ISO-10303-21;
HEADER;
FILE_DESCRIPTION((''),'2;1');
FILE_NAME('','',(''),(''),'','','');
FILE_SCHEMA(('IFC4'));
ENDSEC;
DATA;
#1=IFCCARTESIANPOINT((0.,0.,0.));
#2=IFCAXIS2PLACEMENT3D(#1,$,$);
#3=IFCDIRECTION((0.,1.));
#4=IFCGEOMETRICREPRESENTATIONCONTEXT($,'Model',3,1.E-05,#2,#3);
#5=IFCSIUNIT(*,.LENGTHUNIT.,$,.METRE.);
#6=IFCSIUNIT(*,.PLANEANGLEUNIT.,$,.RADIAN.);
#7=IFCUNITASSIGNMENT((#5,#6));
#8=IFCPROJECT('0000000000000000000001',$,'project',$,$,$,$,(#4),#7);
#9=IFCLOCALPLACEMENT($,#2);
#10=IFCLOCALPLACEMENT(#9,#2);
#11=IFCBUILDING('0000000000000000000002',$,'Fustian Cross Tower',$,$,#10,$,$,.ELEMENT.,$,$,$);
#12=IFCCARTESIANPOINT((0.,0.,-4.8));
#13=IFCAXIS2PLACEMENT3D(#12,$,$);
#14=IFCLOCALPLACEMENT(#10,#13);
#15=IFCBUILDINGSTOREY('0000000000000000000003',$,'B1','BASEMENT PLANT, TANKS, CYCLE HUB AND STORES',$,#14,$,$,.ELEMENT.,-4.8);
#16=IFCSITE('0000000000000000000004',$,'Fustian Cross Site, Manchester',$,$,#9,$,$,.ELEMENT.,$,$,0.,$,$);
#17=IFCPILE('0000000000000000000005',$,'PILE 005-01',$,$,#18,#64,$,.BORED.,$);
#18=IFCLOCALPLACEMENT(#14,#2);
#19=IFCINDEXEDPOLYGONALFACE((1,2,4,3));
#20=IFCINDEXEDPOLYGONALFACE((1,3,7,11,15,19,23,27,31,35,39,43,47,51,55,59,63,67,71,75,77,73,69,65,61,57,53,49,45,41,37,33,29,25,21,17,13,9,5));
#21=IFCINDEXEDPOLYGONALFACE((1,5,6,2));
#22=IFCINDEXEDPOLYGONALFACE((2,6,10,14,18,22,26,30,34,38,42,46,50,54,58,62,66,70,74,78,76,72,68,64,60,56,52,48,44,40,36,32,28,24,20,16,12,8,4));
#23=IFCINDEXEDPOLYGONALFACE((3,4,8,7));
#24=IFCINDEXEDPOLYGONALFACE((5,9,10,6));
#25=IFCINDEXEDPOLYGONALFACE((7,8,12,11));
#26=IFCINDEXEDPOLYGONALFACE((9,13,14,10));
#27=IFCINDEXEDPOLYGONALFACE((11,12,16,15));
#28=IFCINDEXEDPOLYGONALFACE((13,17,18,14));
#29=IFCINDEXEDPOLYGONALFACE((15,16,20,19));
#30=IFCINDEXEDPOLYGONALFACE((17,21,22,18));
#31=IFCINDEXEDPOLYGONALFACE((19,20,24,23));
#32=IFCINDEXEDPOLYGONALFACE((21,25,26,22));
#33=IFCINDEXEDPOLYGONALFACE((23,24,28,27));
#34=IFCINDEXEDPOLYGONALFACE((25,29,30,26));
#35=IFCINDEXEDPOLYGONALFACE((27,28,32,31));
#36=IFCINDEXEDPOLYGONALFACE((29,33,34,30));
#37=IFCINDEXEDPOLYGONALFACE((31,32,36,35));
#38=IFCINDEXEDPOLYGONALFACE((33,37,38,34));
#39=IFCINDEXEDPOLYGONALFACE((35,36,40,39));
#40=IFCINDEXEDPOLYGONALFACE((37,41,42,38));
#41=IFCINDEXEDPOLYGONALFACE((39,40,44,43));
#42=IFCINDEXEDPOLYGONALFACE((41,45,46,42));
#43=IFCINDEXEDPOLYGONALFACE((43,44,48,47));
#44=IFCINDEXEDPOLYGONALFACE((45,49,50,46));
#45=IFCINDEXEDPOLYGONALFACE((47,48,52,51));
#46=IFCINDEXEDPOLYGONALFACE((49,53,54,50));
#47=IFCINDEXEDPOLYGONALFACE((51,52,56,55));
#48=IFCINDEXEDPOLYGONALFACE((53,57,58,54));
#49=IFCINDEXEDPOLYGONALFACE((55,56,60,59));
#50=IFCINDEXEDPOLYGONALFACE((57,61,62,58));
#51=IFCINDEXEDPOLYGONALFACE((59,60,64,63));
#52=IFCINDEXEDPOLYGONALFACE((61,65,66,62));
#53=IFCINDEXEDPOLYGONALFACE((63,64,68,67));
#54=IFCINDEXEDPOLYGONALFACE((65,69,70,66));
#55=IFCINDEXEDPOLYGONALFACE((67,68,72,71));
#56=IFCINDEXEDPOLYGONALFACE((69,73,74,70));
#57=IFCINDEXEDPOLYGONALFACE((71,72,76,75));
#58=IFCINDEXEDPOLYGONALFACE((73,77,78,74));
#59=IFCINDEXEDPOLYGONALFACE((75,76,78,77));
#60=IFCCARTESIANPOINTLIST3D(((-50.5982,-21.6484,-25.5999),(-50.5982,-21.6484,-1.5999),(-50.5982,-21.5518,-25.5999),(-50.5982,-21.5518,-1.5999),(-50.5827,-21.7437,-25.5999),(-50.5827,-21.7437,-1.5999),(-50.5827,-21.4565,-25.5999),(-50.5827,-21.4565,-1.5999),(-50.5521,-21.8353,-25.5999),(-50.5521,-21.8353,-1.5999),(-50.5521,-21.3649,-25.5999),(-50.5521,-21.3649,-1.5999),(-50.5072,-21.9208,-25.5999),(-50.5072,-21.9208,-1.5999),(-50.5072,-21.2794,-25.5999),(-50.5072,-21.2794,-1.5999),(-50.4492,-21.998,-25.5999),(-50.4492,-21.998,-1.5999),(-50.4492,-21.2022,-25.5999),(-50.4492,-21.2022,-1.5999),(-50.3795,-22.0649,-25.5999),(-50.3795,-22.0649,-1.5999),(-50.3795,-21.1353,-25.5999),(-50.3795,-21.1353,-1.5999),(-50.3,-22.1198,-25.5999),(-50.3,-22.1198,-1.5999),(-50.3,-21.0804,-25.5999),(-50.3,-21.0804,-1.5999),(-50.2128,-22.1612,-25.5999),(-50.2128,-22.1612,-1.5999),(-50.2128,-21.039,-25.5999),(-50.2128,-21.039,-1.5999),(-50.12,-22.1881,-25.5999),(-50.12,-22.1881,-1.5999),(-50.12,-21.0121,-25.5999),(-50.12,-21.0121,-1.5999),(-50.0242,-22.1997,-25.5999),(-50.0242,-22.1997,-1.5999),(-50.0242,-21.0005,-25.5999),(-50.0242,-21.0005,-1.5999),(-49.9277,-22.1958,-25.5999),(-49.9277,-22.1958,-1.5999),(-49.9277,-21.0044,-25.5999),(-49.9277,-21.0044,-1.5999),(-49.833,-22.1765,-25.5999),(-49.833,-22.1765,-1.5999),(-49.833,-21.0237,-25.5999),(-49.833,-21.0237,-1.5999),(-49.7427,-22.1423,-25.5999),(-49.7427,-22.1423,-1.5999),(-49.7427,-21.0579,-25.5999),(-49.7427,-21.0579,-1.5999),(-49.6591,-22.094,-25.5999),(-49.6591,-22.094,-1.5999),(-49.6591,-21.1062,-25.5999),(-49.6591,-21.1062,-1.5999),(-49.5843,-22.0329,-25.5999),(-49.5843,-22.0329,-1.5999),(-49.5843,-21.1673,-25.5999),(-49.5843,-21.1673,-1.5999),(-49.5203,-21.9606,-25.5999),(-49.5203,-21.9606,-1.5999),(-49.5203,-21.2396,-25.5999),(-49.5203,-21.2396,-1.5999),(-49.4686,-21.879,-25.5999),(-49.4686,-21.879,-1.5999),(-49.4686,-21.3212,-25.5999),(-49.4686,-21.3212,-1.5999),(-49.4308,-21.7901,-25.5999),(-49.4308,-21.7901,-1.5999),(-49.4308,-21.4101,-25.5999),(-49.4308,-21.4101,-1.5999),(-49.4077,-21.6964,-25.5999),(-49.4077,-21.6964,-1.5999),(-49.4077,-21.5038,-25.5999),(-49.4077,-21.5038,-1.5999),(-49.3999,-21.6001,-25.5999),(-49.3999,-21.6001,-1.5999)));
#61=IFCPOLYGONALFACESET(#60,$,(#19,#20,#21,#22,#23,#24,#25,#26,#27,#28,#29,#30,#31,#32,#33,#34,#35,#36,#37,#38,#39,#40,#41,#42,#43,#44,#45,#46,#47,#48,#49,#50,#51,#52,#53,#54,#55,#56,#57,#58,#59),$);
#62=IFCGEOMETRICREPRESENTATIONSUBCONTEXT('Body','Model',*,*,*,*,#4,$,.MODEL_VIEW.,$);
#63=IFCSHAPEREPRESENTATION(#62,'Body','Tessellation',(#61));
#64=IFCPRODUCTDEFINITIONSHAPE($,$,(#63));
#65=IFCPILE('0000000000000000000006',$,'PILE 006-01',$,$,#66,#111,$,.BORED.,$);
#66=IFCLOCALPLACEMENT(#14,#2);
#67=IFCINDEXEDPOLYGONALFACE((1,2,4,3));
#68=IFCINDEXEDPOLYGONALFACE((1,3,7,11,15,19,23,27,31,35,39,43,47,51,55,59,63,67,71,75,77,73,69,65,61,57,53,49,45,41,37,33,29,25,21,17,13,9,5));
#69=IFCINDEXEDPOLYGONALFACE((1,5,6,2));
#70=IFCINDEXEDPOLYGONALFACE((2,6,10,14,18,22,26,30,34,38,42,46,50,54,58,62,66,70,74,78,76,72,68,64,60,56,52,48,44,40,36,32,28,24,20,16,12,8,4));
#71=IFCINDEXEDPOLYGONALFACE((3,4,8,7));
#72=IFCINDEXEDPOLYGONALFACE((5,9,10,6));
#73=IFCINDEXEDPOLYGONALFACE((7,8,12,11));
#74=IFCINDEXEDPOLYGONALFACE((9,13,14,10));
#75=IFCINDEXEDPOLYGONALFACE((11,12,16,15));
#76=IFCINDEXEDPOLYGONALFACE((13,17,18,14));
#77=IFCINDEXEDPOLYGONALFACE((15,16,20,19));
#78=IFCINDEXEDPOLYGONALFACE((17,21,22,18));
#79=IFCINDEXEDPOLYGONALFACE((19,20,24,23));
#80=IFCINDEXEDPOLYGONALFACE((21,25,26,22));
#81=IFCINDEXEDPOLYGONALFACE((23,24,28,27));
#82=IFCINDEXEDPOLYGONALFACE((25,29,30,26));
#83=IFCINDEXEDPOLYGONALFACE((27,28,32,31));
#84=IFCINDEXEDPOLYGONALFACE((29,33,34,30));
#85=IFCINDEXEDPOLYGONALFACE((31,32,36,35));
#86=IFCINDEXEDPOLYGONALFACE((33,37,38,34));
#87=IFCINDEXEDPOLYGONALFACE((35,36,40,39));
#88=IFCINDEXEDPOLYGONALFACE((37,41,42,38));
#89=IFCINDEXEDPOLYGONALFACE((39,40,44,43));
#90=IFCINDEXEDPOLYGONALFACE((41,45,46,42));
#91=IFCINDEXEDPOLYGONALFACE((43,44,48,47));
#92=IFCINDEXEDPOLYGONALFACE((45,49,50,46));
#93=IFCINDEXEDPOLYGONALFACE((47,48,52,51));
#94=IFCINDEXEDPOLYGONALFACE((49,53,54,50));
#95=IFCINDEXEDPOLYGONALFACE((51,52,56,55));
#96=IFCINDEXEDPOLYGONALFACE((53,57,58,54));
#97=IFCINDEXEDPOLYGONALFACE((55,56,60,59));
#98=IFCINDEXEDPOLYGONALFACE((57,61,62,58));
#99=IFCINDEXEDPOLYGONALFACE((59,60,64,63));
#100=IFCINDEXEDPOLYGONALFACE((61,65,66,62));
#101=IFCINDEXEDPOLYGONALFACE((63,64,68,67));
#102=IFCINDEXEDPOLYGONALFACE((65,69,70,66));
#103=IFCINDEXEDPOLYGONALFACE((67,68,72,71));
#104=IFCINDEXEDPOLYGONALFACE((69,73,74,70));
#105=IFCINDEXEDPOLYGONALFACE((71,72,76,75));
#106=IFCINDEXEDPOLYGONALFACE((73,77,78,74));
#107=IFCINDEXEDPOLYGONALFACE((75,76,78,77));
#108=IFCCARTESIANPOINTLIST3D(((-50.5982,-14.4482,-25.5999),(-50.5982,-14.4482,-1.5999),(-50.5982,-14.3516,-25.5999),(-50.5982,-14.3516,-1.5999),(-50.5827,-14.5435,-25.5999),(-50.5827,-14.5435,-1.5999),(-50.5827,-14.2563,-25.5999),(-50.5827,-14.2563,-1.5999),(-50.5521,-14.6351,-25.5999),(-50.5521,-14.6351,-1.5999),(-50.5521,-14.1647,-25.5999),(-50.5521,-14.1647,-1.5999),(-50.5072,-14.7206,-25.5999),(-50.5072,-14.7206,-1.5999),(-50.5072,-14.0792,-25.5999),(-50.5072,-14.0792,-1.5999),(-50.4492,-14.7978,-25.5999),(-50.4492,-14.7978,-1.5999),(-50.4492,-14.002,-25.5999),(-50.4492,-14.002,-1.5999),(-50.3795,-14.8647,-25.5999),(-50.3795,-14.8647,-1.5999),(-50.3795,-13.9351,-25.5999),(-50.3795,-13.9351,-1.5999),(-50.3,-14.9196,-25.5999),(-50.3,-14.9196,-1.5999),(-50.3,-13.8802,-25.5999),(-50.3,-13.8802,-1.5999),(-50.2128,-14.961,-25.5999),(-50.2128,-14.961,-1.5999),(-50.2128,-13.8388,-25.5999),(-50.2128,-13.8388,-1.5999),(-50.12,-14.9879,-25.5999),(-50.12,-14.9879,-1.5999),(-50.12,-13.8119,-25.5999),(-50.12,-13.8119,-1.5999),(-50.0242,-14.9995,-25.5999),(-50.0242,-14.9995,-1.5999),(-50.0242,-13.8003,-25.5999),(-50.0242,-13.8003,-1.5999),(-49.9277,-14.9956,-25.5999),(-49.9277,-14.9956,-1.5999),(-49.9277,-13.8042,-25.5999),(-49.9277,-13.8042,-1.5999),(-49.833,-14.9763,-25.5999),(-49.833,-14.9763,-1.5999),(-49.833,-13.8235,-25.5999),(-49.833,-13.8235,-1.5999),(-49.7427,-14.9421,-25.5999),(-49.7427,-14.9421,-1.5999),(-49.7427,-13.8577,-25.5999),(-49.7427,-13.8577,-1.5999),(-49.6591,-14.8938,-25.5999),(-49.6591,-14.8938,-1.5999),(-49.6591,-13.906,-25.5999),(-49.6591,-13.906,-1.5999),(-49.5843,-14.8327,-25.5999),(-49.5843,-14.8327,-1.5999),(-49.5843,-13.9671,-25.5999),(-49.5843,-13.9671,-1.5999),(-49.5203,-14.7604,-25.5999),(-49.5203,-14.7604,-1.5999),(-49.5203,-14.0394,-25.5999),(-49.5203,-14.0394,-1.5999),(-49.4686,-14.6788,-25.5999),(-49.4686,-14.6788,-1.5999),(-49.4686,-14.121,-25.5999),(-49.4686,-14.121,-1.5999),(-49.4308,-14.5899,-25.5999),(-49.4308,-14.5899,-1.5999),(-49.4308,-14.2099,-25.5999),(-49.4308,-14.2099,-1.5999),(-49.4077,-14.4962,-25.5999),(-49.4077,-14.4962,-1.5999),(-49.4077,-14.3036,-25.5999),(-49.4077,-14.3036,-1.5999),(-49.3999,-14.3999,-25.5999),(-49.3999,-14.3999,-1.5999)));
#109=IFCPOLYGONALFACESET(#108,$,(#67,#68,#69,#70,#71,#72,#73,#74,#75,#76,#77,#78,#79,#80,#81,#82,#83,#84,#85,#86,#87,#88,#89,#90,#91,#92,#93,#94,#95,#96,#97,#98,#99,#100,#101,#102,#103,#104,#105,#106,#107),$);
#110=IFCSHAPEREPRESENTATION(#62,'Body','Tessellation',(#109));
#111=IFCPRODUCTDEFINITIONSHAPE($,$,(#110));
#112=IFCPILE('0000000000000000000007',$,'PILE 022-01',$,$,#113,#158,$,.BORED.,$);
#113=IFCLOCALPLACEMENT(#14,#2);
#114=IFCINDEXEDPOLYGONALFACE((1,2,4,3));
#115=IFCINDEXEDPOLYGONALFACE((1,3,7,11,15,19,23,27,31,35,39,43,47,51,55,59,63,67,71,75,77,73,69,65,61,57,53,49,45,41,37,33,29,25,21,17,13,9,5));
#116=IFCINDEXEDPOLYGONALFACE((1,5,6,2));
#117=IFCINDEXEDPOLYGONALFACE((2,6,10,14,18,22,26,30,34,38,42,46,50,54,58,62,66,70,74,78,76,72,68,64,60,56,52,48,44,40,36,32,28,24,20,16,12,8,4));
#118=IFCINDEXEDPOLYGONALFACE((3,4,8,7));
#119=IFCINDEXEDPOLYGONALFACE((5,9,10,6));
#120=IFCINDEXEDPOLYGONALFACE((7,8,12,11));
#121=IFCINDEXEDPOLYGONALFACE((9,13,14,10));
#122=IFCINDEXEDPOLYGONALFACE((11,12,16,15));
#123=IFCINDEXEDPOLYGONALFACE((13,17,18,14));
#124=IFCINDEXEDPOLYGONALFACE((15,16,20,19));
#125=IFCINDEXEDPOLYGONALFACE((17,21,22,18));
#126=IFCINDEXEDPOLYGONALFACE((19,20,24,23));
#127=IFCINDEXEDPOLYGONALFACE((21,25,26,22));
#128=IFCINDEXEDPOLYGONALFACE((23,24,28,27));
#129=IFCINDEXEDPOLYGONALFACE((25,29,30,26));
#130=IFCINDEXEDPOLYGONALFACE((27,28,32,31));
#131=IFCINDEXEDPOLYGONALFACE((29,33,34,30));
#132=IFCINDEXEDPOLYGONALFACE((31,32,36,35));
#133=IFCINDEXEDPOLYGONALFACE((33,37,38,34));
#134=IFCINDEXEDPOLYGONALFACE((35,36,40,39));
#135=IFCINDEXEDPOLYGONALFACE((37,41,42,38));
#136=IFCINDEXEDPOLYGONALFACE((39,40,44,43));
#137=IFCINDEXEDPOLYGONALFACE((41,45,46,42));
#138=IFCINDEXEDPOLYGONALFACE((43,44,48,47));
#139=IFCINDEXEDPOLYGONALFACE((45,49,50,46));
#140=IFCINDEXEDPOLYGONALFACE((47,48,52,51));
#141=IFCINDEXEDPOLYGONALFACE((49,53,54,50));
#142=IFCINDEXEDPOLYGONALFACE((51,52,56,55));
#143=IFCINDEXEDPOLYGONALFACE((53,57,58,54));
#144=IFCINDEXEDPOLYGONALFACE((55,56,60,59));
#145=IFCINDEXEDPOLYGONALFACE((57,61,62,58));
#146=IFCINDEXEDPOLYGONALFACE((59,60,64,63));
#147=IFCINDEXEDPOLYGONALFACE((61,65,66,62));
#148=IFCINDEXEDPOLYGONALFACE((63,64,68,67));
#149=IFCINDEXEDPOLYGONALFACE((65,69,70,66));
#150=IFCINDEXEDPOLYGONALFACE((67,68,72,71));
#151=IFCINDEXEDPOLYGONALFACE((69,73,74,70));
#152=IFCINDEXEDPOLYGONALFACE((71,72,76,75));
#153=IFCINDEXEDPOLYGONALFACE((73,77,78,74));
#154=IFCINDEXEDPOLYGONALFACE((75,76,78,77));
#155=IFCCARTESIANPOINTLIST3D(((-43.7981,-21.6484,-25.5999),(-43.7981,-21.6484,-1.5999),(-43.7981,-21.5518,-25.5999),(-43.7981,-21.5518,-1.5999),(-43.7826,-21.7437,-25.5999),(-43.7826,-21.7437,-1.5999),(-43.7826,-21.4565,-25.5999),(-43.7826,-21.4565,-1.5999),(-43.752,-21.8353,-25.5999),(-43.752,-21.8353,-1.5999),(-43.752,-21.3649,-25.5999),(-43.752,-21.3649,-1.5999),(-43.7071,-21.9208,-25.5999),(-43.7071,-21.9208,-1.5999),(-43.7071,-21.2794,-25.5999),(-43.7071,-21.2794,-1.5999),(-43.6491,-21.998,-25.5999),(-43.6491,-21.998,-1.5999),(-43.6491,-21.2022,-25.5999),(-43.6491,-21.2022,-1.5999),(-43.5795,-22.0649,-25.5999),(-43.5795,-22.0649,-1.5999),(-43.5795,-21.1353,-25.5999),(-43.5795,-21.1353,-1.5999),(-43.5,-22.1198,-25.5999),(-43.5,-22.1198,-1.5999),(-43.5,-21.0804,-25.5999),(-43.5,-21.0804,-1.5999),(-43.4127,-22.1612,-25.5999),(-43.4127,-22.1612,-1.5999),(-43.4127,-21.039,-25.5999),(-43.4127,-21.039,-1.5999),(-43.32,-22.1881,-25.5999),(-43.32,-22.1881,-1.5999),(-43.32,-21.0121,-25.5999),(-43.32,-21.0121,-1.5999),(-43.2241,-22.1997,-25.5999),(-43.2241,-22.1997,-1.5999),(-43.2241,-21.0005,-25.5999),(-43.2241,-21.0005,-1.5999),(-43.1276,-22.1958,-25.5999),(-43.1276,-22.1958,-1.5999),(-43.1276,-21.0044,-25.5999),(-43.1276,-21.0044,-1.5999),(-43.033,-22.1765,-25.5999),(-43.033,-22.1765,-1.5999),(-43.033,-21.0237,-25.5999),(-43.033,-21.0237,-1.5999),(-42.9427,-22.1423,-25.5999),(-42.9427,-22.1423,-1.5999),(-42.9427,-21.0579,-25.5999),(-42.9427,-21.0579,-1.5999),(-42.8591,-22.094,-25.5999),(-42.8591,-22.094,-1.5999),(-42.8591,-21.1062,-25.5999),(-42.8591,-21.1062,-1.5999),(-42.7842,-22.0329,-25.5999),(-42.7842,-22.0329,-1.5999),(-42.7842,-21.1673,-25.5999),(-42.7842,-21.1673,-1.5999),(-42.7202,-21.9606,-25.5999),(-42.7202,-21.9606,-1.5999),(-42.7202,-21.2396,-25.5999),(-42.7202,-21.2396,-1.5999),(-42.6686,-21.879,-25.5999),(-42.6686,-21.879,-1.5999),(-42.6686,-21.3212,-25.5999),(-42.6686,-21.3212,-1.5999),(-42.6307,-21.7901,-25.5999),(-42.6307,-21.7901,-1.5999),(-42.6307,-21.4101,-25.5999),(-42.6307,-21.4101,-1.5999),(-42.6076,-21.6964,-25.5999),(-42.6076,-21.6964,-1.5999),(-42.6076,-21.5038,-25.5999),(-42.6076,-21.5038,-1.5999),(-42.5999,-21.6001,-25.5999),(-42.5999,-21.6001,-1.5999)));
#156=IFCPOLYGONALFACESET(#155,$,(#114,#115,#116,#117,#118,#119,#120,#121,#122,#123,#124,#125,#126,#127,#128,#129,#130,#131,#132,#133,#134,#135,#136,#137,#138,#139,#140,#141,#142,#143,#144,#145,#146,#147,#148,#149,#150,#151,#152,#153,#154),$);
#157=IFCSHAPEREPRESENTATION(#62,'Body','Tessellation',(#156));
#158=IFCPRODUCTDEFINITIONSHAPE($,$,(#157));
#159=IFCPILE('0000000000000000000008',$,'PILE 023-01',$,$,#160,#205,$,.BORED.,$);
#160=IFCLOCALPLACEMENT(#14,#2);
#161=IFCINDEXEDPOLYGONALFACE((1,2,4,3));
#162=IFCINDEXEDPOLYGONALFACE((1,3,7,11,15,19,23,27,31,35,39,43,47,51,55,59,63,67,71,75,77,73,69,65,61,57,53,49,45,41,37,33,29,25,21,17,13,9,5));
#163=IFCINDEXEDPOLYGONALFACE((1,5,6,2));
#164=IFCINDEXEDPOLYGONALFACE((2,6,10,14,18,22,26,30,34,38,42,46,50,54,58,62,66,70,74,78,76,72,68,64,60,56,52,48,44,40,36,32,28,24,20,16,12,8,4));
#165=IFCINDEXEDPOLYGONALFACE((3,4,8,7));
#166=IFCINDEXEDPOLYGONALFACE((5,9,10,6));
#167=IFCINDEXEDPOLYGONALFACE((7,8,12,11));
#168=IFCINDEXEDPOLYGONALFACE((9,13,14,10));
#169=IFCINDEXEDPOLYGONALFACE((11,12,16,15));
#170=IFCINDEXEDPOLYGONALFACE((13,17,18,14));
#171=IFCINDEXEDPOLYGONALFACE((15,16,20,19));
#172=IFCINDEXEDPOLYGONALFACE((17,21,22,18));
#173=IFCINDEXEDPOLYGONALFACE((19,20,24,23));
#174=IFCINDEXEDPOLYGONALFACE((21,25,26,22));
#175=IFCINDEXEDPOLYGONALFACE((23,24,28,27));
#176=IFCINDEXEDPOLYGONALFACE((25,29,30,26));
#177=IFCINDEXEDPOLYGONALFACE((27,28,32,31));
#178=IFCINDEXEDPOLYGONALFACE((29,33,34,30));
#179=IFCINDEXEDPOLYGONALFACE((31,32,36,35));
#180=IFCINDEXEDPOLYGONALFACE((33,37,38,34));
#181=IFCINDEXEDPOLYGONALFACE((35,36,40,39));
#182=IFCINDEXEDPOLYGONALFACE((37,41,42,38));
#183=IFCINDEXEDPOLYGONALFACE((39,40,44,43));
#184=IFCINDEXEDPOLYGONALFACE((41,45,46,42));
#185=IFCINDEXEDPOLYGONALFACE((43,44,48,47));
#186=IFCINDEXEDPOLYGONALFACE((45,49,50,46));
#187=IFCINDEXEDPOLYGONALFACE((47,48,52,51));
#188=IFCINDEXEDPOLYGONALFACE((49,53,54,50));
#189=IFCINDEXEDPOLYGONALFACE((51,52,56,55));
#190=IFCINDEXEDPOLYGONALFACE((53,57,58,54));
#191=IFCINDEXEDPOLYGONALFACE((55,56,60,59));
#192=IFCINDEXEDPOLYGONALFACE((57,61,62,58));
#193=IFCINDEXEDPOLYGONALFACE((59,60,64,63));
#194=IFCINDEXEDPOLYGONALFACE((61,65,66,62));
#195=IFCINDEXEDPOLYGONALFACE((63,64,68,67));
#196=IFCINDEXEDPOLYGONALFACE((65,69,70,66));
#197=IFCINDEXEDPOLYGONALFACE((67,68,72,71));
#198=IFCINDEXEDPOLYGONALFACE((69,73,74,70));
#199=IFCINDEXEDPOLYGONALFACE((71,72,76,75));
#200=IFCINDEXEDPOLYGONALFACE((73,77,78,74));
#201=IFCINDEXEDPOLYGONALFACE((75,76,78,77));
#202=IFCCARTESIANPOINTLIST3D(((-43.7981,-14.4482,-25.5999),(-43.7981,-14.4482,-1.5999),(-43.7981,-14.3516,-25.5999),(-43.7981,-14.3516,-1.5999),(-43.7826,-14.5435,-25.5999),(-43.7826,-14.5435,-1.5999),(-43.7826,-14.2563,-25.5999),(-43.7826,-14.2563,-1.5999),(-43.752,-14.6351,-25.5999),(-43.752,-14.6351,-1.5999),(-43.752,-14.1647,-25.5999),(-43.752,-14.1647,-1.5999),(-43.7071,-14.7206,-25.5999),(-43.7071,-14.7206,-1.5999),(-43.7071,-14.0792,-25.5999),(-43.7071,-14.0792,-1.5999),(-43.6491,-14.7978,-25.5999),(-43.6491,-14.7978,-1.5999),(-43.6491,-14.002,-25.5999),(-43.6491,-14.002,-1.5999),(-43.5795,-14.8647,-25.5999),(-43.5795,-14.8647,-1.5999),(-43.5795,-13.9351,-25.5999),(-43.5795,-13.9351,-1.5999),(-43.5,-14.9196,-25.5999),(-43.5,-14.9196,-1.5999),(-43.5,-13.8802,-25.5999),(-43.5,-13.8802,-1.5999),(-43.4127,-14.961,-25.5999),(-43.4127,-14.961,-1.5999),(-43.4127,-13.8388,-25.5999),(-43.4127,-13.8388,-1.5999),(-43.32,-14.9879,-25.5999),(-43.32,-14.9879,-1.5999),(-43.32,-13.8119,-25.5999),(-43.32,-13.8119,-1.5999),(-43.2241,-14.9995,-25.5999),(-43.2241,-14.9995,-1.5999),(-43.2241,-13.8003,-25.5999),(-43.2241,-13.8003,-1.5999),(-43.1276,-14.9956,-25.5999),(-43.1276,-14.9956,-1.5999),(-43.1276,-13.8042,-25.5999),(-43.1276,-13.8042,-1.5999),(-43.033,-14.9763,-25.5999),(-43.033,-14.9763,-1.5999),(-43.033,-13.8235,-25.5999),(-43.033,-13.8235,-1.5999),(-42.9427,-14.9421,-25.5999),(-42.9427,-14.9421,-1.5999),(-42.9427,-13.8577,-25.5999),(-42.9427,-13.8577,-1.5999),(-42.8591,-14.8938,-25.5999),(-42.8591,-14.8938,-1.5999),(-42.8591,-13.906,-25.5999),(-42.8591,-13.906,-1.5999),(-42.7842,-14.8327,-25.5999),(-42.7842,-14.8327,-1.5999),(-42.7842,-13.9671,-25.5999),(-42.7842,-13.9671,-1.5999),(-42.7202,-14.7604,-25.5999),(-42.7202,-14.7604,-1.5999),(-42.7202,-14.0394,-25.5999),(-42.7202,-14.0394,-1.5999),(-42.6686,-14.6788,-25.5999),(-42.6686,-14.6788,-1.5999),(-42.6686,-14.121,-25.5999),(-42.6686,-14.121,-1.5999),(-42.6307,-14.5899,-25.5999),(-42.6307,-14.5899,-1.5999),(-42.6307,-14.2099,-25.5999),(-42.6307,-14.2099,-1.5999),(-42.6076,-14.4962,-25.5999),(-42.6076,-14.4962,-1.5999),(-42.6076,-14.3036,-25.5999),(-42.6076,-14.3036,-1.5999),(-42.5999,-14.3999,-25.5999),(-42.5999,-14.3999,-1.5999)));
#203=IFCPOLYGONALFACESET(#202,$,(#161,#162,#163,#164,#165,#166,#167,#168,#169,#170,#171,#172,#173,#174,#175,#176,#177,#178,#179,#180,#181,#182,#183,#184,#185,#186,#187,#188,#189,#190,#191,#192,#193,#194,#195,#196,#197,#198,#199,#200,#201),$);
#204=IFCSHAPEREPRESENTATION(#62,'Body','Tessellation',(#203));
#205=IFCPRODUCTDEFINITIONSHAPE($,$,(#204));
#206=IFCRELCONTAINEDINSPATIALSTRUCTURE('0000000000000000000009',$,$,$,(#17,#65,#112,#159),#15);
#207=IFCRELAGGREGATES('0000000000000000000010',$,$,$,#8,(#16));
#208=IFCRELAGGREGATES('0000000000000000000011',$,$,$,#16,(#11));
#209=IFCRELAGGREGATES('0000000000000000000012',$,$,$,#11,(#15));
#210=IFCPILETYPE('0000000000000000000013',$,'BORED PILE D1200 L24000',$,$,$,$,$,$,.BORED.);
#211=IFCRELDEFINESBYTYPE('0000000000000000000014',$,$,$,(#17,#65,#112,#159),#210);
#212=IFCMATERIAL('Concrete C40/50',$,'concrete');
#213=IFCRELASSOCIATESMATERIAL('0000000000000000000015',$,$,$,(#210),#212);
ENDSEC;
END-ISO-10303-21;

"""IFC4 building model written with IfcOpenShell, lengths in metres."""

from ifc_helpers import new_model, si_unit, direction, frame, origin, origin_2d, place, context, subcontext, project, spatial, circle, extrude, material, material_profile, profile_set, type_object, element, save


model = new_model("IFC4")

# Units and contexts
model_context = context("Model", 3, precision=1e-05, world=origin(), true_north=direction((0.0, 1.0)))
body_context = subcontext(model_context, "Body", "Model", "MODEL_VIEW")
ifc_project = project(units=[si_unit("LENGTHUNIT", "METRE"), si_unit("PLANEANGLEUNIT", "RADIAN")], contexts=[model_context])

# Site, building, storey
site_placement = place(None, origin())
site = spatial("IfcSite", under=ifc_project, at=site_placement, Name="Fustian Cross Site, Manchester", CompositionType="ELEMENT", RefElevation=0.0)
building_placement = place(site_placement, origin())
building = spatial("IfcBuilding", under=site, at=building_placement, Name="Fustian Cross Tower", CompositionType="ELEMENT")
storey_placement = place(building_placement, frame((0.0, 0.0, -4.8)))
storey = spatial("IfcBuildingStorey", under=building, at=storey_placement, Name="B1", Description="BASEMENT PLANT, TANKS, CYCLE HUB AND STORES", CompositionType="ELEMENT", Elevation=-4.8)

# Piles
ifc_material_1 = material(Name="Concrete C40/50", Category="concrete")
ifc_material_profile_1 = material_profile(ifc_material_1, circle(Radius=0.6001, at=origin_2d()), Name="BORED PILE D1200 L24000")
ifc_profile_set_1 = profile_set([ifc_material_profile_1], Name="Concrete C40/50")
pile_type_1 = type_object("IfcPileType", Name="BORED PILE D1200 L24000", PredefinedType="BORED", material=ifc_profile_set_1)
for number, where, z_axis, x_axis, name in (
    (1, (-50.0, -21.6001, -1.5999), (0.0, 0.0, -1.0), (1.0, 0.0, 0.0), "PILE 005-01"),
    (2, (-50.0, -14.3999, -1.5999), (0.0, 0.0, -1.0), (1.0, 0.0, 0.0), "PILE 006-01"),
    (3, (-43.2, -21.6001, -1.5999), (0.0, 0.0, -1.0), (1.0, 0.0, 0.0), "PILE 022-01"),
    (4, (-43.2, -14.3999, -1.5999), (0.0, 0.0, -1.0), (1.0, 0.0, 0.0), "PILE 023-01"),
):
    element("IfcPile", number, at=place(storey_placement, frame(where, z_axis=z_axis, x_axis=x_axis)), inside=storey, type_object=pile_type_1, Name=name, PredefinedType="BORED", context=body_context, shape_type="SweptSolid", body=[
        extrude(circle(Radius=0.6001, at=origin_2d()), origin(), (0.0, 0.0, 1.0), 24.0),
    ])

save(model, "model.ifc")
